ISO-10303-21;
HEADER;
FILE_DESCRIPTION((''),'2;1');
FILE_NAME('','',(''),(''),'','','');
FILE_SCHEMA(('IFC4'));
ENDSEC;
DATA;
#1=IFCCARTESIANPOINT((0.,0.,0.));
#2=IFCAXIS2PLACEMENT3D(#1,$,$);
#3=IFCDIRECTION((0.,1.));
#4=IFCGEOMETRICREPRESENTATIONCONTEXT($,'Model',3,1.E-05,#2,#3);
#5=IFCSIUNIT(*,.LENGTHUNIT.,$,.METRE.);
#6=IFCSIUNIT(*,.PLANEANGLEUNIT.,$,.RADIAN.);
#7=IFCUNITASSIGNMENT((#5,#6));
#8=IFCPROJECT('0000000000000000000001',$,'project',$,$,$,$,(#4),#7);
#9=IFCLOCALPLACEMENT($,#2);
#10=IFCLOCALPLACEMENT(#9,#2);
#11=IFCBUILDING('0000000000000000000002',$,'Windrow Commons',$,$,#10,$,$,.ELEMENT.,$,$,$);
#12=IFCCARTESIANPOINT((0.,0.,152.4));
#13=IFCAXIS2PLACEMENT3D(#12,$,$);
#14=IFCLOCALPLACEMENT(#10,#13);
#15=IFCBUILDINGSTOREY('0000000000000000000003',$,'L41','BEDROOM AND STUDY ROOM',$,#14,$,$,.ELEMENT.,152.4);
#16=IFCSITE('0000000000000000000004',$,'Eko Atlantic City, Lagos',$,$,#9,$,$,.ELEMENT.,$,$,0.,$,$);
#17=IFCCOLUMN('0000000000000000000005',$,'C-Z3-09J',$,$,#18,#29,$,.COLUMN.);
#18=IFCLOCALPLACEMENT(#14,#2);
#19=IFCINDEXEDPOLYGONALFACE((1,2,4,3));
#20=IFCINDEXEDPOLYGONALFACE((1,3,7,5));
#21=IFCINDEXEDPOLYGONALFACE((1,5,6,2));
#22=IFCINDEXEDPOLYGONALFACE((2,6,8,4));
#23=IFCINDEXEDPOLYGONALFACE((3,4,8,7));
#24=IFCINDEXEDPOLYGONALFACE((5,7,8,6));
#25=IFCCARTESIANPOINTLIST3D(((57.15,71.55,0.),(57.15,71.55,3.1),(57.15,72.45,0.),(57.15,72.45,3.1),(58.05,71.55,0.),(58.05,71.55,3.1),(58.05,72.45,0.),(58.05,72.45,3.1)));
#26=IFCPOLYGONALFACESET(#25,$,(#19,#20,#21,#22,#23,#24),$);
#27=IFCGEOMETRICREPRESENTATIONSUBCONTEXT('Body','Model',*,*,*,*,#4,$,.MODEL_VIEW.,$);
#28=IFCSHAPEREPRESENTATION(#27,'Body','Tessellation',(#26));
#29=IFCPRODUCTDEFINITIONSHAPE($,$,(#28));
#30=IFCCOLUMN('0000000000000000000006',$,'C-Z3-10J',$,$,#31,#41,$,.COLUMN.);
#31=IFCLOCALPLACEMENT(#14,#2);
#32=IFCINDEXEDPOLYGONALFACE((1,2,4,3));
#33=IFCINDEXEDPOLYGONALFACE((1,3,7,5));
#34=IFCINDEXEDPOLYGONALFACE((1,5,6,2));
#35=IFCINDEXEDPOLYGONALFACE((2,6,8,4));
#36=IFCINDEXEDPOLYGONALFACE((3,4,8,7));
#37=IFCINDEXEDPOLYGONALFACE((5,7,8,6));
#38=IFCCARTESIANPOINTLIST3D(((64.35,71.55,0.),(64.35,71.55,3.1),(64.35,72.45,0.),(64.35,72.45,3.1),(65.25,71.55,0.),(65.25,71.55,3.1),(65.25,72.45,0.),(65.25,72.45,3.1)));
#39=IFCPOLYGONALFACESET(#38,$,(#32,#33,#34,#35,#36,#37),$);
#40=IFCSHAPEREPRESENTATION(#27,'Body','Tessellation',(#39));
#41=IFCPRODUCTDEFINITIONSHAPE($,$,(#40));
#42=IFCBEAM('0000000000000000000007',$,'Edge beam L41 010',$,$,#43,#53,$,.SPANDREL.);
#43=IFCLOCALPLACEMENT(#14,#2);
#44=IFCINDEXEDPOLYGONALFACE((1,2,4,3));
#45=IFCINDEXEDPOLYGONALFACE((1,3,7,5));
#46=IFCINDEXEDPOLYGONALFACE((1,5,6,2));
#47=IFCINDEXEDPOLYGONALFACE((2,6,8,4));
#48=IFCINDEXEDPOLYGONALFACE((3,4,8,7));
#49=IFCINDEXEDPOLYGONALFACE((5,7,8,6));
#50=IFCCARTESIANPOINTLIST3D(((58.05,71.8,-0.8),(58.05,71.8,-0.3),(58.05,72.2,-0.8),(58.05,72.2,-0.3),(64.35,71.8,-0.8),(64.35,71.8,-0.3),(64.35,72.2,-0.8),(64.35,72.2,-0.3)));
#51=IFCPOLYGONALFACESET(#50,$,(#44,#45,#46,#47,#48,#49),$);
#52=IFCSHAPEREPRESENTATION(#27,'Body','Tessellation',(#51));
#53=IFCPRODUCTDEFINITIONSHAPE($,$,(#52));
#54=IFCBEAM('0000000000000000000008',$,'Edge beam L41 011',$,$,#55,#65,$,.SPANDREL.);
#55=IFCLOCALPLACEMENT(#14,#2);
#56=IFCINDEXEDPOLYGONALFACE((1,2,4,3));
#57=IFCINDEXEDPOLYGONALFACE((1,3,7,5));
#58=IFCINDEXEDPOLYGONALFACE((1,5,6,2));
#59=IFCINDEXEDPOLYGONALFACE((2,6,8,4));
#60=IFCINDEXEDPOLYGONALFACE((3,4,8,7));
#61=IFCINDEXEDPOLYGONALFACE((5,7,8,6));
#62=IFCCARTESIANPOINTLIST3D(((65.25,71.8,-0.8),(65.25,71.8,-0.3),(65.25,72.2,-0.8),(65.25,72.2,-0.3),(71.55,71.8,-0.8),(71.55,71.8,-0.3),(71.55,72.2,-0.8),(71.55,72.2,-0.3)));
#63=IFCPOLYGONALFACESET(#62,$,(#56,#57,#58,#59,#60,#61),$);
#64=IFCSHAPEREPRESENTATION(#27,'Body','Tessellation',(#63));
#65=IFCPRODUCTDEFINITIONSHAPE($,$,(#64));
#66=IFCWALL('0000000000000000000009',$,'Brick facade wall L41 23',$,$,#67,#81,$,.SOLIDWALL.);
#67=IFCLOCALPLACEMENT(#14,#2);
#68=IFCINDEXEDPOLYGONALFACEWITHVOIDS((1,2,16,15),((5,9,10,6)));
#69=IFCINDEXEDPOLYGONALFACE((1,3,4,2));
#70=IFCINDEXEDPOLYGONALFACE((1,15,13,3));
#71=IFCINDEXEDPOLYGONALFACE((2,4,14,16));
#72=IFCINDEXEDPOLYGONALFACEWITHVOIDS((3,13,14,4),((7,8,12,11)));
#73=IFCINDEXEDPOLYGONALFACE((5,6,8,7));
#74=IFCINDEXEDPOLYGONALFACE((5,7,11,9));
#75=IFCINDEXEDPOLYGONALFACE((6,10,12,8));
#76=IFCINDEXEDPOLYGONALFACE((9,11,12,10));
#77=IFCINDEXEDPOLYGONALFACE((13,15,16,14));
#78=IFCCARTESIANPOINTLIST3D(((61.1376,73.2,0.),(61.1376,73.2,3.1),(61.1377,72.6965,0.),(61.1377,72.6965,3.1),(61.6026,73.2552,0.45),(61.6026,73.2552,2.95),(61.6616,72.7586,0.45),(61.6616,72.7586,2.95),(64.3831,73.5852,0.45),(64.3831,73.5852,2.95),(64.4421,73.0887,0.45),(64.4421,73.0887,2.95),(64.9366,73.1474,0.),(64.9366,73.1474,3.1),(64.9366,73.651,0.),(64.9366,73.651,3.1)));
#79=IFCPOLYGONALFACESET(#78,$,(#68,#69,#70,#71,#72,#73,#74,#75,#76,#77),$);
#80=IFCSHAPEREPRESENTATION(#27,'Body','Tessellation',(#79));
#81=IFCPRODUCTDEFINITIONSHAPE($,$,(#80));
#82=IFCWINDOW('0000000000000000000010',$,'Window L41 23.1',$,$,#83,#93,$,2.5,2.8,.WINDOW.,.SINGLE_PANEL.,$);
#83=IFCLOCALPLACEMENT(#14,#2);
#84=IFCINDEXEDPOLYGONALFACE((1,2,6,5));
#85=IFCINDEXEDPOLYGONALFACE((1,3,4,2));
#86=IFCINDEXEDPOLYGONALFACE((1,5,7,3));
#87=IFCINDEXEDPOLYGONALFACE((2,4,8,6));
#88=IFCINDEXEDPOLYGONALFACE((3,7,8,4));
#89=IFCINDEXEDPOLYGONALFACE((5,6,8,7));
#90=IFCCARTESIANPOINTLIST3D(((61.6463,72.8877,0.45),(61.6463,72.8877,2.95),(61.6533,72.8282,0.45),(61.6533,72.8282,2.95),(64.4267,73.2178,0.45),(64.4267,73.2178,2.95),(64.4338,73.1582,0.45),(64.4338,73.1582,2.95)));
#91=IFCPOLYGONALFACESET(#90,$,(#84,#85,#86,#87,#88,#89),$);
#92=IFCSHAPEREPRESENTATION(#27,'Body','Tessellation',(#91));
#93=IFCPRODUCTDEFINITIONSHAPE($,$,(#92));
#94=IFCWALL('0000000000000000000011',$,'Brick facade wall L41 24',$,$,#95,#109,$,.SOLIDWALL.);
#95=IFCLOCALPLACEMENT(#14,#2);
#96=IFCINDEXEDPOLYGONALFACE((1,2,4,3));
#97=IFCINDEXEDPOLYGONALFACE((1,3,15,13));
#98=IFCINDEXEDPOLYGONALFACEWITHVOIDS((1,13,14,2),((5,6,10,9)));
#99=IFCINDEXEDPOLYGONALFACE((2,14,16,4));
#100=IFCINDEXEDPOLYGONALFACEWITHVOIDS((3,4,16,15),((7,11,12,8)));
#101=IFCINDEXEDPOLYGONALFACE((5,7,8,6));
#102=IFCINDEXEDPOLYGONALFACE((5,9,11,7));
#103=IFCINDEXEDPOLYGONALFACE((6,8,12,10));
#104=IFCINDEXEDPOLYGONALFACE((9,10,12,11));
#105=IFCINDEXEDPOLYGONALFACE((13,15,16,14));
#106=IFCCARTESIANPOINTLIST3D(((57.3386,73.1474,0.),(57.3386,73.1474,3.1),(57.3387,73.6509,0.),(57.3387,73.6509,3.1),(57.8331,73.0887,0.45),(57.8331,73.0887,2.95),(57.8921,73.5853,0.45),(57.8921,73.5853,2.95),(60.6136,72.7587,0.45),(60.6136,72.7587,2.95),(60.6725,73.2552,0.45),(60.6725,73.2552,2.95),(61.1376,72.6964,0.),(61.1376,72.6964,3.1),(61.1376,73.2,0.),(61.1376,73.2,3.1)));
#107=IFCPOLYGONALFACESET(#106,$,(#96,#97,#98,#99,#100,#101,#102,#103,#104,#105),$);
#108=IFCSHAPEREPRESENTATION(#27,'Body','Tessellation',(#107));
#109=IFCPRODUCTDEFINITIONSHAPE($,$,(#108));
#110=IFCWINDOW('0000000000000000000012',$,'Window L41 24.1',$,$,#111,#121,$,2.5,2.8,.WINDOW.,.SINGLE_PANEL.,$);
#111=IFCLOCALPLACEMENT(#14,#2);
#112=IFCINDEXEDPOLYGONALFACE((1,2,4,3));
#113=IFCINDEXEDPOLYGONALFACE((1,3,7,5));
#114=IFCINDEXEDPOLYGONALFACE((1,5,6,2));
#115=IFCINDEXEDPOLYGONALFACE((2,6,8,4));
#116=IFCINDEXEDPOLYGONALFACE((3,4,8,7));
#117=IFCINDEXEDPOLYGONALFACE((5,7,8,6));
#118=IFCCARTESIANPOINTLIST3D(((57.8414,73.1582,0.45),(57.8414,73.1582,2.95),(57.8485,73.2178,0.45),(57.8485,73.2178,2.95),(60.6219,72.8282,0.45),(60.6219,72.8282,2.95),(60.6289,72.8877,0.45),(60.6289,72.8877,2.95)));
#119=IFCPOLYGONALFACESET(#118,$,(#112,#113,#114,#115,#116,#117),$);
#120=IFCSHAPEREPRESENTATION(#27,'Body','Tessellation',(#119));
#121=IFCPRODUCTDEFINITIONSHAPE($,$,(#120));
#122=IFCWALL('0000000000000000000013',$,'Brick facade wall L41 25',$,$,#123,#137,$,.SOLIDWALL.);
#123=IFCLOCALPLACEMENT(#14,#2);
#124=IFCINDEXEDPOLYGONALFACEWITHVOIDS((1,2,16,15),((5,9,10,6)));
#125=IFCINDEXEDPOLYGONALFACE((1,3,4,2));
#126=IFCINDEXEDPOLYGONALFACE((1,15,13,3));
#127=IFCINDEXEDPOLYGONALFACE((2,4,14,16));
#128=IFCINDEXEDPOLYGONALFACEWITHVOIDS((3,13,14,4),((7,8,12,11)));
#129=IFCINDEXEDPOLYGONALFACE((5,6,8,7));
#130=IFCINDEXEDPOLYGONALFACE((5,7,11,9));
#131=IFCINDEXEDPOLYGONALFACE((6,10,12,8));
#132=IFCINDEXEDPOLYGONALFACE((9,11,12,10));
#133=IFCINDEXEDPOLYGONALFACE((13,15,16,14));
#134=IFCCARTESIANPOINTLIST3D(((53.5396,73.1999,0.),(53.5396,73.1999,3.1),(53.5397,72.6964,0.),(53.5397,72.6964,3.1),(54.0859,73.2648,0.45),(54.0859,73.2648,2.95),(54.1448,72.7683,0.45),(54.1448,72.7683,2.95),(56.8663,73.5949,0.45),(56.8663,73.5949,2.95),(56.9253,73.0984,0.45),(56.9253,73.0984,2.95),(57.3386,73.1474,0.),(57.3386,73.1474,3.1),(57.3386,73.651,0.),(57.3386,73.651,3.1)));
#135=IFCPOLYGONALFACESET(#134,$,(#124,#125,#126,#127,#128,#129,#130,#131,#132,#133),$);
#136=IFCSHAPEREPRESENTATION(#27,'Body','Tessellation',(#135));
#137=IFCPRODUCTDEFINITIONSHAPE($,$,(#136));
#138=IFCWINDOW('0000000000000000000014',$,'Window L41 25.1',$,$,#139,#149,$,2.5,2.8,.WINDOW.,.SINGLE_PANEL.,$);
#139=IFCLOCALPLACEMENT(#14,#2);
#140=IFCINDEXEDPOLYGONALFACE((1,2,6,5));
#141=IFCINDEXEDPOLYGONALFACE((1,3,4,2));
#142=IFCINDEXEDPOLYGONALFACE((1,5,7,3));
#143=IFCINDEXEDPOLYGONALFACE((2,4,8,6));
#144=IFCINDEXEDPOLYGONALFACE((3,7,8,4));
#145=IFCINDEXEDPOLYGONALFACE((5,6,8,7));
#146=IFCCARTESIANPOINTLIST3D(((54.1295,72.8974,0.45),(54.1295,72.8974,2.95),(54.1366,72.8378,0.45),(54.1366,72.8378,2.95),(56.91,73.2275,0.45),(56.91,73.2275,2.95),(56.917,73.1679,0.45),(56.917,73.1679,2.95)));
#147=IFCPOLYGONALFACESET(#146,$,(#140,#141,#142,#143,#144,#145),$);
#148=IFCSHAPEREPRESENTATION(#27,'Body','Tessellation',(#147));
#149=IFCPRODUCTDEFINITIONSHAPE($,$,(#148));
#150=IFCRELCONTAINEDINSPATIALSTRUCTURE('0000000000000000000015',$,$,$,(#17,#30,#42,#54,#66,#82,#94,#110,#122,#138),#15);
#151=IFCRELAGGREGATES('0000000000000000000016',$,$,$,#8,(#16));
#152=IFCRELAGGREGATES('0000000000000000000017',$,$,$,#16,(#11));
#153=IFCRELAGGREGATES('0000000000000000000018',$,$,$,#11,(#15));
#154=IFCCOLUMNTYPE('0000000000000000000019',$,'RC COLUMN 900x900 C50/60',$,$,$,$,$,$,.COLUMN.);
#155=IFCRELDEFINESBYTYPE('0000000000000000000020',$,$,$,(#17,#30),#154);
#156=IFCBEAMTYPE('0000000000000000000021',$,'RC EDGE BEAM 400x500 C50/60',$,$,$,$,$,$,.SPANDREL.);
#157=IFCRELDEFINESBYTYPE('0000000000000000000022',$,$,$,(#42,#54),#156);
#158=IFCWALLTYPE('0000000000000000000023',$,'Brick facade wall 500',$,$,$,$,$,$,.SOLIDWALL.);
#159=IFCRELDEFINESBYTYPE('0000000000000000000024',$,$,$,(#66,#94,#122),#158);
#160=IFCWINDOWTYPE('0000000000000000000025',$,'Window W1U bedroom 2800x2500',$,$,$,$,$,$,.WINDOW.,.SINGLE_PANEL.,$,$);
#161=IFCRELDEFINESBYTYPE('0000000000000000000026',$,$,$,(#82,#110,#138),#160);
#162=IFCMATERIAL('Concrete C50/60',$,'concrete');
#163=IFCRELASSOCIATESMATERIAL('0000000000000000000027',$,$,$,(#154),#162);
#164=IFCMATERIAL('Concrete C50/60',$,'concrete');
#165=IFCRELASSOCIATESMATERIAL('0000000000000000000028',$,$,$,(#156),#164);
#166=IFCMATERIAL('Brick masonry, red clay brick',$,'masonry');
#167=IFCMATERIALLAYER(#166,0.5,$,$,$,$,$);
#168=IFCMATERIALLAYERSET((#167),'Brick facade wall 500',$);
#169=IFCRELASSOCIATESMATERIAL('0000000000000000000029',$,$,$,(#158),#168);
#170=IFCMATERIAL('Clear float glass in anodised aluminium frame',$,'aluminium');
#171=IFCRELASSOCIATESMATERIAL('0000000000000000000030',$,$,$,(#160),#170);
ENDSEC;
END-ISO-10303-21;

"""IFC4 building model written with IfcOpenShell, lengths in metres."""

from ifc_helpers import new_model, si_unit, direction, frame, frame_2d, origin, origin_2d, place, context, subcontext, project, spatial, polyline, rectangle, outline, extrude, material, layer, layer_set, material_profile, profile_set, type_object, element, fill, save


model = new_model("IFC4")

# Units and contexts
model_context = context("Model", 3, precision=1e-05, world=origin(), true_north=direction((0.0, 1.0)))
body_context = subcontext(model_context, "Body", "Model", "MODEL_VIEW")
ifc_project = project(units=[si_unit("LENGTHUNIT", "METRE"), si_unit("PLANEANGLEUNIT", "RADIAN")], contexts=[model_context])

# Site, building, storey
site_placement = place(None, origin())
site = spatial("IfcSite", under=ifc_project, at=site_placement, Name="Eko Atlantic City, Lagos", CompositionType="ELEMENT", RefElevation=0.0)
building_placement = place(site_placement, origin())
building = spatial("IfcBuilding", under=site, at=building_placement, Name="Windrow Commons", CompositionType="ELEMENT")
storey_placement = place(building_placement, frame((0.0, 0.0, 152.4)))
storey = spatial("IfcBuildingStorey", under=building, at=storey_placement, Name="L41", Description="BEDROOM AND STUDY ROOM", CompositionType="ELEMENT", Elevation=152.4)

# Columns
ifc_material_1 = material(Name="Concrete C50/60", Category="concrete")
ifc_material_profile_1 = material_profile(ifc_material_1, rectangle(XDim=0.9, YDim=0.9, at=origin_2d()))
ifc_profile_set_1 = profile_set([ifc_material_profile_1], Name="Concrete C50/60")
column_type = type_object("IfcColumnType", Name="RC COLUMN 900x900 C50/60", PredefinedType="COLUMN", material=ifc_profile_set_1)
for number, where, z_axis, x_axis, name in (
    (1, (57.6, 72.0, 0.0), (0.0, 0.0, 1.0), (1.0, 0.0, 0.0), "C-Z3-09J"),
    (2, (64.8, 72.0, 0.0), (0.0, 0.0, 1.0), (1.0, 0.0, 0.0), "C-Z3-10J"),
):
    element("IfcColumn", number, at=place(storey_placement, frame(where, z_axis=z_axis, x_axis=x_axis)), inside=storey, type_object=column_type, Name=name, PredefinedType="COLUMN", context=body_context, shape_type="SweptSolid", body=[
        extrude(rectangle(XDim=0.9, YDim=0.9, at=origin_2d()), origin(), (0.0, 0.0, 1.0), 3.1),
    ])

# Beams
ifc_material_2 = material(Name="Concrete C50/60", Category="concrete")
ifc_material_profile_2 = material_profile(ifc_material_2, rectangle(XDim=0.4, YDim=0.5, at=origin_2d()))
ifc_profile_set_2 = profile_set([ifc_material_profile_2], Name="Concrete C50/60")
beam_type = type_object("IfcBeamType", Name="RC EDGE BEAM 400x500 C50/60", PredefinedType="SPANDREL", material=ifc_profile_set_2)
for number, where, z_axis, x_axis, name in (
    (3, (58.05, 72.0, -0.55), (1.0, 0.0, 0.0), (0.0, 1.0, 0.0), "Edge beam L41 010"),
    (4, (65.25, 72.0, -0.55), (1.0, 0.0, 0.0), (0.0, 1.0, 0.0), "Edge beam L41 011"),
):
    element("IfcBeam", number, at=place(storey_placement, frame(where, z_axis=z_axis, x_axis=x_axis)), inside=storey, type_object=beam_type, Name=name, PredefinedType="SPANDREL", context=body_context, shape_type="SweptSolid", body=[
        extrude(rectangle(XDim=0.4, YDim=0.5, at=origin_2d()), origin(), (0.0, 0.0, 1.0), 6.3),
    ])

# Walls, openings, windows
ifc_material_3 = material(Name="Brick masonry, red clay brick", Category="masonry")
ifc_layer_1 = layer(ifc_material_3, 0.5)
ifc_layer_set_1 = layer_set([ifc_layer_1], Name="Brick facade wall 500")
wall_type_1 = type_object("IfcWallType", Name="Brick facade wall 500", PredefinedType="SOLIDWALL", material=ifc_layer_set_1)
wall_1_placement = place(storey_placement, frame((64.9366, 73.3992, 0.0), z_axis=(0.0, 0.0, 1.0), x_axis=(-0.993027, -0.117888, 0.0)))
wall_1 = element("IfcWall", 5, at=wall_1_placement, inside=storey, type_object=wall_type_1, Name="Brick facade wall L41 23", PredefinedType="SOLIDWALL", context=body_context, shape_type="SweptSolid", body=[
    extrude(outline(polyline([(-0.0297, -0.25), (3.796, -0.25), (3.8553, 0.25), (0.0297, 0.25), (-0.0297, -0.25)])), origin(), (0.0, 0.0, 1.0), 3.1),
])
opening_1_placement = place(wall_1_placement, frame((0.5277, 0.0, 0.45)))
opening_1 = element("IfcOpeningElement", 6, at=opening_1_placement, cuts=wall_1, PredefinedType="OPENING", context=body_context, shape_type="SweptSolid", body=[
    extrude(rectangle(XDim=2.8, YDim=2.5, at=frame_2d((1.4, 1.25))), frame((0.0, 0.26, 0.0), z_axis=(0.0, -1.0, 0.0), x_axis=(1.0, 0.0, 0.0)), (0.0, 0.0, 1.0), 0.52),
])
ifc_material_4 = material(Name="Clear float glass in anodised aluminium frame", Category="aluminium")
window_type = type_object("IfcWindowType", Name="Window W1U bedroom 2800x2500", PartitioningType="SINGLE_PANEL", PredefinedType="WINDOW", material=ifc_material_4)
window_1_placement = place(opening_1_placement, origin())
window_1 = element("IfcWindow", 7, at=window_1_placement, inside=storey, type_object=window_type, Name="Window L41 23.1", OverallHeight=2.5, OverallWidth=2.8, PartitioningType="SINGLE_PANEL", PredefinedType="WINDOW", context=body_context, shape_type="SweptSolid", body=[
    extrude(rectangle(XDim=2.8, YDim=2.5, at=frame_2d((1.4, 1.25))), frame((0.0, 0.18, 0.0), z_axis=(0.0, -1.0, 0.0), x_axis=(1.0, 0.0, 0.0)), (0.0, 0.0, 1.0), 0.06),
])
fill(opening_1, window_1)
wall_2_placement = place(storey_placement, frame((61.1376, 72.9482, 0.0), z_axis=(0.0, 0.0, 1.0), x_axis=(-0.993027, 0.117888, 0.0)))
wall_2 = element("IfcWall", 8, at=wall_2_placement, inside=storey, type_object=wall_type_1, Name="Brick facade wall L41 24", PredefinedType="SOLIDWALL", context=body_context, shape_type="SweptSolid", body=[
    extrude(outline(polyline([(0.0297, -0.25), (3.8553, -0.25), (3.796, 0.25), (-0.0297, 0.25), (0.0297, -0.25)])), origin(), (0.0, 0.0, 1.0), 3.1),
])
opening_2_placement = place(wall_2_placement, frame((0.498, 0.0, 0.45)))
opening_2 = element("IfcOpeningElement", 9, at=opening_2_placement, cuts=wall_2, PredefinedType="OPENING", context=body_context, shape_type="SweptSolid", body=[
    extrude(rectangle(XDim=2.8, YDim=2.5, at=frame_2d((1.4, 1.25))), frame((0.0, 0.26, 0.0), z_axis=(0.0, -1.0, 0.0), x_axis=(1.0, 0.0, 0.0)), (0.0, 0.0, 1.0), 0.52),
])
window_2_placement = place(opening_2_placement, origin())
window_2 = element("IfcWindow", 10, at=window_2_placement, inside=storey, type_object=window_type, Name="Window L41 24.1", OverallHeight=2.5, OverallWidth=2.8, PartitioningType="SINGLE_PANEL", PredefinedType="WINDOW", context=body_context, shape_type="SweptSolid", body=[
    extrude(rectangle(XDim=2.8, YDim=2.5, at=frame_2d((1.4, 1.25))), frame((0.0, 0.18, 0.0), z_axis=(0.0, -1.0, 0.0), x_axis=(1.0, 0.0, 0.0)), (0.0, 0.0, 1.0), 0.06),
])
fill(opening_2, window_2)
wall_3_placement = place(storey_placement, frame((57.3386, 73.3992, 0.0), z_axis=(0.0, 0.0, 1.0), x_axis=(-0.993027, -0.117891, 0.0)))
wall_3 = element("IfcWall", 11, at=wall_3_placement, inside=storey, type_object=wall_type_1, Name="Brick facade wall L41 25", PredefinedType="SOLIDWALL", context=body_context, shape_type="SweptSolid", body=[
    extrude(outline(polyline([(-0.0297, -0.25), (3.796, -0.25), (3.8553, 0.25), (0.0297, 0.25), (-0.0297, -0.25)])), origin(), (0.0, 0.0, 1.0), 3.1),
])
opening_3_placement = place(wall_3_placement, frame((0.4459, 0.0, 0.45)))
opening_3 = element("IfcOpeningElement", 12, at=opening_3_placement, cuts=wall_3, PredefinedType="OPENING", context=body_context, shape_type="SweptSolid", body=[
    extrude(rectangle(XDim=2.8, YDim=2.5, at=frame_2d((1.4, 1.25))), frame((0.0, 0.26, 0.0), z_axis=(0.0, -1.0, 0.0), x_axis=(1.0, 0.0, 0.0)), (0.0, 0.0, 1.0), 0.52),
])
window_3_placement = place(opening_3_placement, origin())
window_3 = element("IfcWindow", 13, at=window_3_placement, inside=storey, type_object=window_type, Name="Window L41 25.1", OverallHeight=2.5, OverallWidth=2.8, PartitioningType="SINGLE_PANEL", PredefinedType="WINDOW", context=body_context, shape_type="SweptSolid", body=[
    extrude(rectangle(XDim=2.8, YDim=2.5, at=frame_2d((1.4, 1.25))), frame((0.0, 0.18, 0.0), z_axis=(0.0, -1.0, 0.0), x_axis=(1.0, 0.0, 0.0)), (0.0, 0.0, 1.0), 0.06),
])
fill(opening_3, window_3)

save(model, "model.ifc")
